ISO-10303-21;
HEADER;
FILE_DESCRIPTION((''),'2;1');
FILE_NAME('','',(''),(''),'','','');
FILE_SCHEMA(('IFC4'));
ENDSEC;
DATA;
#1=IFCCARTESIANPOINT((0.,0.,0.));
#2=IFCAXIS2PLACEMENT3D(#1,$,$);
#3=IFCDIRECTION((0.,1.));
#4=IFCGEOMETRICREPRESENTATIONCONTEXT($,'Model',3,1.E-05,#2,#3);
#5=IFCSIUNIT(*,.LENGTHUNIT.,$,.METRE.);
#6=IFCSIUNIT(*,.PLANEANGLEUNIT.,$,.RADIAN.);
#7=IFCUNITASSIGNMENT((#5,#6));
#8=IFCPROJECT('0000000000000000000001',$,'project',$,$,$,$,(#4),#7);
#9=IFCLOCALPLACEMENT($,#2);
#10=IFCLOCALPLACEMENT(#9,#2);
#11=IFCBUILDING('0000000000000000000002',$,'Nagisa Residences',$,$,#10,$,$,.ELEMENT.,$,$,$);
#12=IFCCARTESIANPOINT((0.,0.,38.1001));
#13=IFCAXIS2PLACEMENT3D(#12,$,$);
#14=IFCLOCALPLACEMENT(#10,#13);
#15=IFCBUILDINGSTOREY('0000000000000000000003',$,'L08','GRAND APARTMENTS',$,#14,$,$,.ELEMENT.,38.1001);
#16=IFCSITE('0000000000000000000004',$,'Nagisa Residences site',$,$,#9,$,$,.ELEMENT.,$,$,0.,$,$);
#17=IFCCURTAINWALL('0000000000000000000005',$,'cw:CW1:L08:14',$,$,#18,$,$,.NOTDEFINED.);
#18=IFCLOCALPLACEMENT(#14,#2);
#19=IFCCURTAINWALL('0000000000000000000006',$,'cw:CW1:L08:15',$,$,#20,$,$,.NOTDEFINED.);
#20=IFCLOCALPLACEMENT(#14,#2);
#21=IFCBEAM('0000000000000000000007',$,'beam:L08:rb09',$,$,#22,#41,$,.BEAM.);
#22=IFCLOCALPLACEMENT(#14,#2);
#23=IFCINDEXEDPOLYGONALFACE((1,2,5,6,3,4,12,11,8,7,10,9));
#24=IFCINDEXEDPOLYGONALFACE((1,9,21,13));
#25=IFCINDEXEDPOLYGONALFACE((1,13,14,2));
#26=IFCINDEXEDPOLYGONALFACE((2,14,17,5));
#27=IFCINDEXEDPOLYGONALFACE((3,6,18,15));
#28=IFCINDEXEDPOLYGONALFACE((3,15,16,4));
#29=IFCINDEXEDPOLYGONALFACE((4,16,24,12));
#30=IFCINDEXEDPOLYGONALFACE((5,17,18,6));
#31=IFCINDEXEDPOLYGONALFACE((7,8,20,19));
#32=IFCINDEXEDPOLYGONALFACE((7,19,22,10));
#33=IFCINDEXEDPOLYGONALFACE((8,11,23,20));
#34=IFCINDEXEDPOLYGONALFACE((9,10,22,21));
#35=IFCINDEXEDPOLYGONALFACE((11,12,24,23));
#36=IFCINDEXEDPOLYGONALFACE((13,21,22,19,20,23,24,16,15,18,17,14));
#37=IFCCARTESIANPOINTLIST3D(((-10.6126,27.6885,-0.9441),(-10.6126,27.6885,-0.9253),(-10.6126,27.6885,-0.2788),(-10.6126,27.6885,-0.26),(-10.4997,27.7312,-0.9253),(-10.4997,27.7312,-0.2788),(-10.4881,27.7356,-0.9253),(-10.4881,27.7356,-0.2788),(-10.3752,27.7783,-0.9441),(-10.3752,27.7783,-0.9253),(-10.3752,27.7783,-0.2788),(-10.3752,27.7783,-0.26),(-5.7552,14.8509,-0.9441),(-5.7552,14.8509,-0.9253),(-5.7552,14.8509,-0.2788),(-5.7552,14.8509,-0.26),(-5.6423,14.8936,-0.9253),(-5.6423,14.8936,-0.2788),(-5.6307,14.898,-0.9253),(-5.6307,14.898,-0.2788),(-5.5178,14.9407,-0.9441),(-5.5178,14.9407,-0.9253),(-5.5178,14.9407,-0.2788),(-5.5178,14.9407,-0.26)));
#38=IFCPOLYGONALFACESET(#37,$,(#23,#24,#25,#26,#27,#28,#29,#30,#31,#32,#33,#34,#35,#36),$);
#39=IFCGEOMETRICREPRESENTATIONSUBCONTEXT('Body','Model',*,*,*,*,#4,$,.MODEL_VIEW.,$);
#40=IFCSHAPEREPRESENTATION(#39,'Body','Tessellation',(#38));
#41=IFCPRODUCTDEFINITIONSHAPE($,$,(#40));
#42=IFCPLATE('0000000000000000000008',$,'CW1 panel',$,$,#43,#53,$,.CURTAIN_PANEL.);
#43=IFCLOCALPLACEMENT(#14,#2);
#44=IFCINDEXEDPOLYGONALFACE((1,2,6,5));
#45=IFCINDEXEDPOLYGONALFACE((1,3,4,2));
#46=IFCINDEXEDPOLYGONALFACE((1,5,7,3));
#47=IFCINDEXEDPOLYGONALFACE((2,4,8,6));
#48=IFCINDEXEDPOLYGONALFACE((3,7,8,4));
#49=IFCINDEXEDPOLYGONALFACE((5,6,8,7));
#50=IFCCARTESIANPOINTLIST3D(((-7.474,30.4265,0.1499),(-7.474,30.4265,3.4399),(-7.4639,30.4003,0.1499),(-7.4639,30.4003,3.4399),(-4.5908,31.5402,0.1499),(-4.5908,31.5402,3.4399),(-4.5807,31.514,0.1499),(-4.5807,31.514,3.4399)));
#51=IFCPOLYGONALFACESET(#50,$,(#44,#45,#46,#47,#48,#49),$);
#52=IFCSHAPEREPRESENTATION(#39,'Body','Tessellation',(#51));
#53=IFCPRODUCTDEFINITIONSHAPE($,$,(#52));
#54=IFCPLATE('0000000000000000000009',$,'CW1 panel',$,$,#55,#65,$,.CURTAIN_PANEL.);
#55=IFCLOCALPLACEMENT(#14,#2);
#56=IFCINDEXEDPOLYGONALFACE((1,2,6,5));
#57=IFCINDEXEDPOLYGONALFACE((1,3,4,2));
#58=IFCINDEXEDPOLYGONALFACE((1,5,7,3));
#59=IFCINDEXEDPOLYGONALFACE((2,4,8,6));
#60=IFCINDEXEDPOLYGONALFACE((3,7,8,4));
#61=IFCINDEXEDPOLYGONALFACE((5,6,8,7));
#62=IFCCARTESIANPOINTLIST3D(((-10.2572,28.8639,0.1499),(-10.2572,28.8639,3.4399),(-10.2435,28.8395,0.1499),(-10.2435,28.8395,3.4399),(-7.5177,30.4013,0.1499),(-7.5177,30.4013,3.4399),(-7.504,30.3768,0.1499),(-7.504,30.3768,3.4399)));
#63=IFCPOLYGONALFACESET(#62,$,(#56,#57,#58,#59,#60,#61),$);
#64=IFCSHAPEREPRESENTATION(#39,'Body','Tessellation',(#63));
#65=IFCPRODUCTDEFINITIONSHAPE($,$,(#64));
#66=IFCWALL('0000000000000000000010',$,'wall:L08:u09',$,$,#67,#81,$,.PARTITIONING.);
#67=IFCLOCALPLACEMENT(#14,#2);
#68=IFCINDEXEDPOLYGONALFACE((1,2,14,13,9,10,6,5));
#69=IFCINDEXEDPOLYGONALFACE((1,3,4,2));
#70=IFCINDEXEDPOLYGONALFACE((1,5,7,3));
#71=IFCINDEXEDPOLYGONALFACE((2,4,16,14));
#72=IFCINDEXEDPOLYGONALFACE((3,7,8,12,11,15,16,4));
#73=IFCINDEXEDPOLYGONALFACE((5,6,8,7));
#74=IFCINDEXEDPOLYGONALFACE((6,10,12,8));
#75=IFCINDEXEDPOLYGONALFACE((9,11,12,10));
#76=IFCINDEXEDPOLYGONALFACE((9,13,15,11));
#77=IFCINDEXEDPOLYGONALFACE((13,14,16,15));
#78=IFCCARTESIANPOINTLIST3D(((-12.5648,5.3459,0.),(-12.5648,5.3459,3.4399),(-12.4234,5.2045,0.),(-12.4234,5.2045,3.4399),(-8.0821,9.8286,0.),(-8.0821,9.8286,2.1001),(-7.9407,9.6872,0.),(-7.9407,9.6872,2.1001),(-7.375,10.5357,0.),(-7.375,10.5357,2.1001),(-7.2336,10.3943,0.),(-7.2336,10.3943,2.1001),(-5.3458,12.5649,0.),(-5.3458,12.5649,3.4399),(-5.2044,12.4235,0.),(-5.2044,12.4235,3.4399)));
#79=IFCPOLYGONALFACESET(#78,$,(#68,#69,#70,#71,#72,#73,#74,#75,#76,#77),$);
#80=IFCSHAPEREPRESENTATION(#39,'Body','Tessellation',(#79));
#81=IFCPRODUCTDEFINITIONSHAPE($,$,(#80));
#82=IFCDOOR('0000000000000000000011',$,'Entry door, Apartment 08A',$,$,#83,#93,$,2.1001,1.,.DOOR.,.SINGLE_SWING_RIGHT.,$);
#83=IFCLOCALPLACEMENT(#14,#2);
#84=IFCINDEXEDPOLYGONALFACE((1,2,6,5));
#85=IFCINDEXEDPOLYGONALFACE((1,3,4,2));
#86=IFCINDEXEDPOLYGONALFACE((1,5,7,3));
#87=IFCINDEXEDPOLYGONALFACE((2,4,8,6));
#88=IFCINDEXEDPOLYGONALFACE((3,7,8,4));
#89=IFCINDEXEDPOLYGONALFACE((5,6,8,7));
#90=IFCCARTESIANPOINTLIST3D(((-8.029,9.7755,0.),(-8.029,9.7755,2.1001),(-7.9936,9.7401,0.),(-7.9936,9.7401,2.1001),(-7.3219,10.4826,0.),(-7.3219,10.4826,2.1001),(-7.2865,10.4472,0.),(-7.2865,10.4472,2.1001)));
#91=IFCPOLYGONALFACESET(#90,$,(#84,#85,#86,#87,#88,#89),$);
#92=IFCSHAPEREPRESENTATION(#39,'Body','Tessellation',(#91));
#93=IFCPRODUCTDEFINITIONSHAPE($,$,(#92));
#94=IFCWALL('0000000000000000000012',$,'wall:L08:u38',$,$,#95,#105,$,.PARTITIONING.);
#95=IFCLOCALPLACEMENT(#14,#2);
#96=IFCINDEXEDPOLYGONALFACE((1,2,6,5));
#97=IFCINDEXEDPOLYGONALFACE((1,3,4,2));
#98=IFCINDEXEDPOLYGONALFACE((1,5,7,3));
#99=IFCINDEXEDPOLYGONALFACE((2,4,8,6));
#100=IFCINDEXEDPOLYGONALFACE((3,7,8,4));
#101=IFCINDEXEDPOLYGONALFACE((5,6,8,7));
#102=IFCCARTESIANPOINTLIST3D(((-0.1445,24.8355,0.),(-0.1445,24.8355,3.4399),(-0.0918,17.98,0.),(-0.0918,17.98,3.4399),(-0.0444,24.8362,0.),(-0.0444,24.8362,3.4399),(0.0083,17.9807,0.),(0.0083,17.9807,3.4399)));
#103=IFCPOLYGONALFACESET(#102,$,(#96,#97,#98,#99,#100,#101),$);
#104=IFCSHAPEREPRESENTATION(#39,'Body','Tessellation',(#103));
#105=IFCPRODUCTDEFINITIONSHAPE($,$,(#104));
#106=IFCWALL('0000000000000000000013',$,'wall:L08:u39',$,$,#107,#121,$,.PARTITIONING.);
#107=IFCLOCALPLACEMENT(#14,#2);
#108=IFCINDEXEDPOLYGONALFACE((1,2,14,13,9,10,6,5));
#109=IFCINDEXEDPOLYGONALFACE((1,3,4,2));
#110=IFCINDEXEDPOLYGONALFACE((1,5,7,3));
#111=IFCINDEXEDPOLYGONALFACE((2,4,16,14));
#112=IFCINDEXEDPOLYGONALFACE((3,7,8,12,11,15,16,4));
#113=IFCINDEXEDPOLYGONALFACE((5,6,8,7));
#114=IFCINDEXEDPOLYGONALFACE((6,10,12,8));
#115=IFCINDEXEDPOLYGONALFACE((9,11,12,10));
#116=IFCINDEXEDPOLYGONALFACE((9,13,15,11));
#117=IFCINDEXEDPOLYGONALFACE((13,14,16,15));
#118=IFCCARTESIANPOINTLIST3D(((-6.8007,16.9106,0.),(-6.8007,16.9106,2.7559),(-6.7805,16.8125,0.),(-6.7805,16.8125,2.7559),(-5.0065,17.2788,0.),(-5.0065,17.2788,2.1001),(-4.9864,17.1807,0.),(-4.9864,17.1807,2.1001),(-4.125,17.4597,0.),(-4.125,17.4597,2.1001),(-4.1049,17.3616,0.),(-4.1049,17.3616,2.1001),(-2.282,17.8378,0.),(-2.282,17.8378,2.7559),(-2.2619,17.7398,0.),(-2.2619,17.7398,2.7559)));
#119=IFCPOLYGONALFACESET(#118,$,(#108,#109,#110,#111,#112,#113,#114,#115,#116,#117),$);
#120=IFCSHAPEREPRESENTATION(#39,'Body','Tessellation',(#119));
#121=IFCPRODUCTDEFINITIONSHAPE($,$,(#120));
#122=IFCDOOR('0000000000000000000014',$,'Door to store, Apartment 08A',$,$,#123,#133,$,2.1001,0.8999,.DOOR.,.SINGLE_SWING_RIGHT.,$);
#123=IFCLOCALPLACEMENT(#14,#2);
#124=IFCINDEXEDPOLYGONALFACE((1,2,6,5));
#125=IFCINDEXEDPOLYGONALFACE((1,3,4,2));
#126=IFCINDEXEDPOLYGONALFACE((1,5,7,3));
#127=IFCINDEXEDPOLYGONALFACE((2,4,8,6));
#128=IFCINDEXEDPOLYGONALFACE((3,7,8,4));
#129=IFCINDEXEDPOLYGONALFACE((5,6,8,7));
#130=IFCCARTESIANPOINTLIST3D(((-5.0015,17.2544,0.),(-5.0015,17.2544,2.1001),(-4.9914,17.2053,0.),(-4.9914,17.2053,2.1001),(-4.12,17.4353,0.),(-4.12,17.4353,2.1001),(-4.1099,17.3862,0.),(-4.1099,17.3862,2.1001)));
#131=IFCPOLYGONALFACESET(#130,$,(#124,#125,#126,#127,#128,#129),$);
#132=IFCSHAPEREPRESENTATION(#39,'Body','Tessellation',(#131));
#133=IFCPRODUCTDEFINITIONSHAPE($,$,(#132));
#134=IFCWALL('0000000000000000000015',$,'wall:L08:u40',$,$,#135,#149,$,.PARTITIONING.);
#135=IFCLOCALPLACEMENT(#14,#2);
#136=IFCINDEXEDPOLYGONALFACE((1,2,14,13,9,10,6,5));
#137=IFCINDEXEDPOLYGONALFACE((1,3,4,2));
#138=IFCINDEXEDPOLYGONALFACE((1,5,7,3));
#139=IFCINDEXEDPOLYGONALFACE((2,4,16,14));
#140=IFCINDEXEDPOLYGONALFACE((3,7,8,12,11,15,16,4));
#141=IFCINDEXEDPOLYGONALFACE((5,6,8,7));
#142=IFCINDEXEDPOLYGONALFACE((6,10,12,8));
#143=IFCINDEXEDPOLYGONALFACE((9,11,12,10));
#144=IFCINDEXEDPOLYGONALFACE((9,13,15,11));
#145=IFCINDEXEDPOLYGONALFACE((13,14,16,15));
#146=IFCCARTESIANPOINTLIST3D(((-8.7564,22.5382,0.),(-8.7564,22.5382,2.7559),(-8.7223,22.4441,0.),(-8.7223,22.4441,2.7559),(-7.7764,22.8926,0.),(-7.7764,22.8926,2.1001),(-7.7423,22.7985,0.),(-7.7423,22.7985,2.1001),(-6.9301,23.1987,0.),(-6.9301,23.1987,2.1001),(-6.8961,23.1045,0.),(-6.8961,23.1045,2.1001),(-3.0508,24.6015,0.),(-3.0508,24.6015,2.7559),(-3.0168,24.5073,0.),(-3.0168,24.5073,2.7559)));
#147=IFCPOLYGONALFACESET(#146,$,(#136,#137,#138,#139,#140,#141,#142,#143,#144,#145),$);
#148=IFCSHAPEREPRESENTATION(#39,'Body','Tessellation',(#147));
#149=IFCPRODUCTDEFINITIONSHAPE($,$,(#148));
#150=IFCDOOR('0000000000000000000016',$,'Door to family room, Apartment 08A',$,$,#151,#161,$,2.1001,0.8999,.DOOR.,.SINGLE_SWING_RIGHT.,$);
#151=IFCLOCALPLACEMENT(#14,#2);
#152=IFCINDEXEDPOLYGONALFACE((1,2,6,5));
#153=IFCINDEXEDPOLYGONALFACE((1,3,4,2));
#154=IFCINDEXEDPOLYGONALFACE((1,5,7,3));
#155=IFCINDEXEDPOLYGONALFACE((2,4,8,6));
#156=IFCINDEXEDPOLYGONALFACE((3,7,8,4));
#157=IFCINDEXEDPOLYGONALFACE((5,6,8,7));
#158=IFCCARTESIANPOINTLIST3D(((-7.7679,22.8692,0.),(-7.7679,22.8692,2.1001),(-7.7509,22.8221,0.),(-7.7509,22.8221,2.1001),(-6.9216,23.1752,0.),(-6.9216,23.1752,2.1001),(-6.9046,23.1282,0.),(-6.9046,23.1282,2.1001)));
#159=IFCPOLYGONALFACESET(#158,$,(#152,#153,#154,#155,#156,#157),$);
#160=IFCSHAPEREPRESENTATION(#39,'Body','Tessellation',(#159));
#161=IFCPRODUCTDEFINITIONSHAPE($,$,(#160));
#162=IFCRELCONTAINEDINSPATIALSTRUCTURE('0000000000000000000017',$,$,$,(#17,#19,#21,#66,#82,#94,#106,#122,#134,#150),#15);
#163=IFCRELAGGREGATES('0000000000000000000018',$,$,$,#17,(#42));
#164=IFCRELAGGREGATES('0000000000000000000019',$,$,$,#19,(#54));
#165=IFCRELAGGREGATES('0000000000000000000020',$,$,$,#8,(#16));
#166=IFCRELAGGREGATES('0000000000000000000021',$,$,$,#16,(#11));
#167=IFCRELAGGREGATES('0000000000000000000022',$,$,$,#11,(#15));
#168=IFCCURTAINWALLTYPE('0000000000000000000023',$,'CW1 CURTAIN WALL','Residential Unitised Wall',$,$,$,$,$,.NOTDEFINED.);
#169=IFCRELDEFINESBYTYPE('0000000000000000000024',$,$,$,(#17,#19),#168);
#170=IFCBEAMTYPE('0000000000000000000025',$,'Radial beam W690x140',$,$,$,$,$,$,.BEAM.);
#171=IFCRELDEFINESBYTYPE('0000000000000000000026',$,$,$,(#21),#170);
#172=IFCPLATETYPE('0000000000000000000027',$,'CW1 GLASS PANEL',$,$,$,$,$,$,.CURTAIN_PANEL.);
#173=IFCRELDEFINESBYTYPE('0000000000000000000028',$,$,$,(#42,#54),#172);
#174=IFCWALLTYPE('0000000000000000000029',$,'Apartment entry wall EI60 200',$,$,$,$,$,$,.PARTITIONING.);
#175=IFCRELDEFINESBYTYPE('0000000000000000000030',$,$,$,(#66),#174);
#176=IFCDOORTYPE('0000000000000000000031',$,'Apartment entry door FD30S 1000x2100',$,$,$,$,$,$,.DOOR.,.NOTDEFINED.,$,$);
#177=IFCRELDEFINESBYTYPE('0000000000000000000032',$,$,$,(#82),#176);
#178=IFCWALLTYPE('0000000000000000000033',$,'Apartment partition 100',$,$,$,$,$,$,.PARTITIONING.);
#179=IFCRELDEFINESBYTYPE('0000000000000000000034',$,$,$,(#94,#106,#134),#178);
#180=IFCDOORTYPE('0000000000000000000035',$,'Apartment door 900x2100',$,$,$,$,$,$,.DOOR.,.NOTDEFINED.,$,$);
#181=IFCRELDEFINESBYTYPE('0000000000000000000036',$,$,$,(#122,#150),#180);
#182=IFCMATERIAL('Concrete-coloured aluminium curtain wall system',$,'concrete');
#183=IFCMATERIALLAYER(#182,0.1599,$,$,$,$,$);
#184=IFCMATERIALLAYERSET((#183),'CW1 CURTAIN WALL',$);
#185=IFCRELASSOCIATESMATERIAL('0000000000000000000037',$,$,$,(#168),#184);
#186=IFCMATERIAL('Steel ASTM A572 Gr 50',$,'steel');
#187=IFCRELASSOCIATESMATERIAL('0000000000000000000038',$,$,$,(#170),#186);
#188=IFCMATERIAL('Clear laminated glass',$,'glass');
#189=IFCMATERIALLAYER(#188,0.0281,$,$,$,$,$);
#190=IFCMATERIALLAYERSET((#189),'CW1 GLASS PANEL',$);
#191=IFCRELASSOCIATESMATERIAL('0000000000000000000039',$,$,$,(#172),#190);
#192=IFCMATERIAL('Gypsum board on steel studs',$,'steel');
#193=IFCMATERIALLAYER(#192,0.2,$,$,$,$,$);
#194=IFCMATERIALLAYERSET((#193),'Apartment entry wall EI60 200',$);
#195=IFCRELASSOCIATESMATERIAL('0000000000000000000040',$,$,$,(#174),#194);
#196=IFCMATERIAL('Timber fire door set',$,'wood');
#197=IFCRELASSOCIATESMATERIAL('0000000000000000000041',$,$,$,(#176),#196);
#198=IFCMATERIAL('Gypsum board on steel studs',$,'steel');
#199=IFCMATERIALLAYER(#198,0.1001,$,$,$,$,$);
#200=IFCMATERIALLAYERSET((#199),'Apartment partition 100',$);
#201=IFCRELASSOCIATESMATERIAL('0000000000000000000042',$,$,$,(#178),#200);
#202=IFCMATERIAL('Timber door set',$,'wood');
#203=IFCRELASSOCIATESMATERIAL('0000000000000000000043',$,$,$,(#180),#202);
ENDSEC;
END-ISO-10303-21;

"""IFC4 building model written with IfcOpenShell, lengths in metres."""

from ifc_helpers import new_model, si_unit, direction, frame, frame_2d, origin, origin_2d, place, context, subcontext, project, spatial, rectangle, i_section, extrude, material, layer, layer_set, material_profile, profile_set, type_object, element, fill, aggregate, save


model = new_model("IFC4")

# Units and contexts
model_context = context("Model", 3, precision=1e-05, world=origin(), true_north=direction((0.0, 1.0)))
body_context = subcontext(model_context, "Body", "Model", "MODEL_VIEW")
ifc_project = project(units=[si_unit("LENGTHUNIT", "METRE"), si_unit("PLANEANGLEUNIT", "RADIAN")], contexts=[model_context])

# Site, building, storey
site_placement = place(None, origin())
site = spatial("IfcSite", under=ifc_project, at=site_placement, Name="Nagisa Residences site", CompositionType="ELEMENT", RefElevation=0.0)
building_placement = place(site_placement, origin())
building = spatial("IfcBuilding", under=site, at=building_placement, Name="Nagisa Residences", CompositionType="ELEMENT")
storey_placement = place(building_placement, frame((0.0, 0.0, 38.1001)))
storey = spatial("IfcBuildingStorey", under=building, at=storey_placement, Name="L08", Description="GRAND APARTMENTS", CompositionType="ELEMENT", Elevation=38.1001)

# Curtain walls
ifc_material_1 = material(Name="Concrete-coloured aluminium curtain wall system", Category="concrete")
ifc_layer_1 = layer(ifc_material_1, 0.1599)
ifc_layer_set_1 = layer_set([ifc_layer_1], Name="CW1 CURTAIN WALL")
curtain_wall_type = type_object("IfcCurtainWallType", Name="CW1 CURTAIN WALL", Description="Residential Unitised Wall", PredefinedType="NOTDEFINED", material=ifc_layer_set_1)
curtain_wall_1_placement = place(storey_placement, origin())
curtain_wall_1 = element("IfcCurtainWall", 1, at=curtain_wall_1_placement, inside=storey, type_object=curtain_wall_type, Name="cw:CW1:L08:14", PredefinedType="NOTDEFINED")
curtain_wall_2_placement = place(storey_placement, origin())
curtain_wall_2 = element("IfcCurtainWall", 2, at=curtain_wall_2_placement, inside=storey, type_object=curtain_wall_type, Name="cw:CW1:L08:15", PredefinedType="NOTDEFINED")

# Beam
ifc_material_2 = material(Name="Steel ASTM A572 Gr 50", Category="steel")
ifc_material_profile_1 = material_profile(ifc_material_2, i_section(OverallWidth=0.2539, OverallDepth=0.6841, WebThickness=0.0125, FlangeThickness=0.0188, at=origin_2d()), Name="W690x140")
ifc_profile_set_1 = profile_set([ifc_material_profile_1], Name="Steel ASTM A572 Gr 50")
beam_type_1 = type_object("IfcBeamType", Name="Radial beam W690x140", PredefinedType="BEAM", material=ifc_profile_set_1)
beam_1_placement = place(storey_placement, frame((-10.4939, 27.7334, -0.6021), z_axis=(0.353888, -0.935288, 0.0), x_axis=(0.935288, 0.353888, 0.0)))
element("IfcBeam", 3, at=beam_1_placement, inside=storey, type_object=beam_type_1, Name="beam:L08:rb09", PredefinedType="BEAM", context=body_context, shape_type="SweptSolid", body=[
    extrude(i_section(OverallWidth=0.2539, OverallDepth=0.6841, WebThickness=0.0125, FlangeThickness=0.0188, at=origin_2d()), origin(), (0.0, 0.0, 1.0), 13.7258),
])

# Plates
ifc_material_3 = material(Name="Clear laminated glass", Category="glass")
ifc_layer_2 = layer(ifc_material_3, 0.0281)
ifc_layer_set_2 = layer_set([ifc_layer_2], Name="CW1 GLASS PANEL")
plate_type = type_object("IfcPlateType", Name="CW1 GLASS PANEL", PredefinedType="CURTAIN_PANEL", material=ifc_layer_set_2)
plate_1_placement = place(storey_placement, frame((-6.0273, 30.9702, 0.1499), z_axis=(0.0, 0.0, 1.0), x_axis=(-0.932826, -0.360328, 0.0)))
plate_1 = element("IfcPlate", 4, at=plate_1_placement, type_object=plate_type, Name="CW1 panel", PredefinedType="CURTAIN_PANEL", context=body_context, shape_type="SweptSolid", body=[
    extrude(rectangle(XDim=3.0908, YDim=0.0281, at=origin_2d()), origin(), (0.0, 0.0, 1.0), 3.29),
])
aggregate(curtain_wall_1, [plate_1])
plate_2_placement = place(storey_placement, frame((-8.8806, 29.6204, 0.1499), z_axis=(0.0, 0.0, 1.0), x_axis=(-0.872072, -0.489377, 0.0)))
plate_2 = element("IfcPlate", 5, at=plate_2_placement, type_object=plate_type, Name="CW1 panel", PredefinedType="CURTAIN_PANEL", context=body_context, shape_type="SweptSolid", body=[
    extrude(rectangle(XDim=3.1414, YDim=0.0281, at=origin_2d()), origin(), (0.0, 0.0, 1.0), 3.29),
])
aggregate(curtain_wall_2, [plate_2])

# Wall, opening, door
ifc_material_4 = material(Name="Gypsum board on steel studs", Category="steel")
ifc_layer_3 = layer(ifc_material_4, 0.2)
ifc_layer_set_3 = layer_set([ifc_layer_3], Name="Apartment entry wall EI60 200")
wall_type_1 = type_object("IfcWallType", Name="Apartment entry wall EI60 200", PredefinedType="PARTITIONING", material=ifc_layer_set_3)
wall_1_placement = place(storey_placement, frame((-5.2751, 12.4941, 0.0), z_axis=(0.0, 0.0, 1.0), x_axis=(-0.707107, -0.707107, 0.0)))
wall_1 = element("IfcWall", 6, at=wall_1_placement, inside=storey, type_object=wall_type_1, Name="wall:L08:u09", PredefinedType="PARTITIONING", context=body_context, shape_type="SweptSolid", body=[
    extrude(rectangle(XDim=10.2092, YDim=0.2, at=frame_2d((5.1045, 0.0))), origin(), (0.0, 0.0, 1.0), 3.4399),
])
opening_1_placement = place(wall_1_placement, frame((2.8696, 0.0, 0.0)))
opening_1 = element("IfcOpeningElement", 7, at=opening_1_placement, cuts=wall_1, PredefinedType="OPENING", context=body_context, shape_type="SweptSolid", body=[
    extrude(rectangle(XDim=1.0, YDim=2.1001, at=frame_2d((0.5, 1.05))), frame((0.0, 0.1099, 0.0), z_axis=(0.0, -1.0, 0.0), x_axis=(1.0, 0.0, 0.0)), (0.0, 0.0, 1.0), 0.22),
])
ifc_material_5 = material(Name="Timber fire door set", Category="wood")
door_type_1 = type_object("IfcDoorType", Name="Apartment entry door FD30S 1000x2100", OperationType="NOTDEFINED", PredefinedType="DOOR", material=ifc_material_5)
door_1_placement = place(opening_1_placement, frame((1.0, 0.0, 0.0), x_axis=(-1.0, 0.0, 0.0)))
door_1 = element("IfcDoor", 8, at=door_1_placement, inside=storey, type_object=door_type_1, Name="Entry door, Apartment 08A", OperationType="SINGLE_SWING_RIGHT", OverallHeight=2.1001, OverallWidth=1.0, PredefinedType="DOOR", context=body_context, shape_type="SweptSolid", body=[
    extrude(rectangle(XDim=1.0, YDim=2.1001, at=frame_2d((0.5, 1.05))), frame((0.0, 0.0249, 0.0), z_axis=(0.0, -1.0, 0.0), x_axis=(1.0, 0.0, 0.0)), (0.0, 0.0, 1.0), 0.05),
])
fill(opening_1, door_1)

# Wall
ifc_material_6 = material(Name="Gypsum board on steel studs", Category="steel")
ifc_layer_4 = layer(ifc_material_6, 0.1001)
ifc_layer_set_4 = layer_set([ifc_layer_4], Name="Apartment partition 100")
wall_type_2 = type_object("IfcWallType", Name="Apartment partition 100", PredefinedType="PARTITIONING", material=ifc_layer_set_4)
wall_2_placement = place(storey_placement, frame((-0.0417, 17.9805, 0.0), z_axis=(0.0, 0.0, 1.0), x_axis=(-0.007692, 0.99997, 0.0)))
element("IfcWall", 9, at=wall_2_placement, inside=storey, type_object=wall_type_2, Name="wall:L08:u38", PredefinedType="PARTITIONING", context=body_context, shape_type="SweptSolid", body=[
    extrude(rectangle(XDim=6.8557, YDim=0.1001, at=frame_2d((3.4277, 0.0))), origin(), (0.0, 0.0, 1.0), 3.4399),
])

# Walls, openings, doors
wall_3_placement = place(storey_placement, frame((-2.272, 17.7888, 0.0), z_axis=(0.0, 0.0, 1.0), x_axis=(-0.979587, -0.20102, 0.0)))
wall_3 = element("IfcWall", 10, at=wall_3_placement, inside=storey, type_object=wall_type_2, Name="wall:L08:u39", PredefinedType="PARTITIONING", context=body_context, shape_type="SweptSolid", body=[
    extrude(rectangle(XDim=4.6128, YDim=0.1001, at=frame_2d((2.3064, 0.0))), origin(), (0.0, 0.0, 1.0), 2.7559),
])
opening_2_placement = place(wall_3_placement, frame((1.8813, 0.0, 0.0)))
opening_2 = element("IfcOpeningElement", 11, at=opening_2_placement, cuts=wall_3, PredefinedType="OPENING", context=body_context, shape_type="SweptSolid", body=[
    extrude(rectangle(XDim=0.8999, YDim=2.1001, at=frame_2d((0.45, 1.05))), frame((0.0, 0.0601, 0.0), z_axis=(0.0, -1.0, 0.0), x_axis=(1.0, 0.0, 0.0)), (0.0, 0.0, 1.0), 0.1201),
])
ifc_material_7 = material(Name="Timber door set", Category="wood")
door_type_2 = type_object("IfcDoorType", Name="Apartment door 900x2100", OperationType="NOTDEFINED", PredefinedType="DOOR", material=ifc_material_7)
door_2_placement = place(opening_2_placement, origin())
door_2 = element("IfcDoor", 12, at=door_2_placement, inside=storey, type_object=door_type_2, Name="Door to store, Apartment 08A", OperationType="SINGLE_SWING_RIGHT", OverallHeight=2.1001, OverallWidth=0.8999, PredefinedType="DOOR", context=body_context, shape_type="SweptSolid", body=[
    extrude(rectangle(XDim=0.8999, YDim=2.1001, at=frame_2d((0.45, 1.05))), frame((0.0, 0.0249, 0.0), z_axis=(0.0, -1.0, 0.0), x_axis=(1.0, 0.0, 0.0)), (0.0, 0.0, 1.0), 0.05),
])
fill(opening_2, door_2)
wall_4_placement = place(storey_placement, frame((-3.0337, 24.5544, 0.0), z_axis=(0.0, 0.0, 1.0), x_axis=(-0.940402, -0.340066, 0.0)))
wall_4 = element("IfcWall", 13, at=wall_4_placement, inside=storey, type_object=wall_type_2, Name="wall:L08:u40", PredefinedType="PARTITIONING", context=body_context, shape_type="SweptSolid", body=[
    extrude(rectangle(XDim=6.0671, YDim=0.1001, at=frame_2d((3.0337, 0.0))), origin(), (0.0, 0.0, 1.0), 2.7559),
])
opening_3_placement = place(wall_4_placement, frame((4.1252, 0.0, 0.0)))
opening_3 = element("IfcOpeningElement", 14, at=opening_3_placement, cuts=wall_4, PredefinedType="OPENING", context=body_context, shape_type="SweptSolid", body=[
    extrude(rectangle(XDim=0.8999, YDim=2.1001, at=frame_2d((0.45, 1.05))), frame((0.0, 0.0601, 0.0), z_axis=(0.0, -1.0, 0.0), x_axis=(1.0, 0.0, 0.0)), (0.0, 0.0, 1.0), 0.1201),
])
door_3_placement = place(opening_3_placement, origin())
door_3 = element("IfcDoor", 15, at=door_3_placement, inside=storey, type_object=door_type_2, Name="Door to family room, Apartment 08A", OperationType="SINGLE_SWING_RIGHT", OverallHeight=2.1001, OverallWidth=0.8999, PredefinedType="DOOR", context=body_context, shape_type="SweptSolid", body=[
    extrude(rectangle(XDim=0.8999, YDim=2.1001, at=frame_2d((0.45, 1.05))), frame((0.0, 0.0249, 0.0), z_axis=(0.0, -1.0, 0.0), x_axis=(1.0, 0.0, 0.0)), (0.0, 0.0, 1.0), 0.05),
])
fill(opening_3, door_3)

save(model, "model.ifc")
